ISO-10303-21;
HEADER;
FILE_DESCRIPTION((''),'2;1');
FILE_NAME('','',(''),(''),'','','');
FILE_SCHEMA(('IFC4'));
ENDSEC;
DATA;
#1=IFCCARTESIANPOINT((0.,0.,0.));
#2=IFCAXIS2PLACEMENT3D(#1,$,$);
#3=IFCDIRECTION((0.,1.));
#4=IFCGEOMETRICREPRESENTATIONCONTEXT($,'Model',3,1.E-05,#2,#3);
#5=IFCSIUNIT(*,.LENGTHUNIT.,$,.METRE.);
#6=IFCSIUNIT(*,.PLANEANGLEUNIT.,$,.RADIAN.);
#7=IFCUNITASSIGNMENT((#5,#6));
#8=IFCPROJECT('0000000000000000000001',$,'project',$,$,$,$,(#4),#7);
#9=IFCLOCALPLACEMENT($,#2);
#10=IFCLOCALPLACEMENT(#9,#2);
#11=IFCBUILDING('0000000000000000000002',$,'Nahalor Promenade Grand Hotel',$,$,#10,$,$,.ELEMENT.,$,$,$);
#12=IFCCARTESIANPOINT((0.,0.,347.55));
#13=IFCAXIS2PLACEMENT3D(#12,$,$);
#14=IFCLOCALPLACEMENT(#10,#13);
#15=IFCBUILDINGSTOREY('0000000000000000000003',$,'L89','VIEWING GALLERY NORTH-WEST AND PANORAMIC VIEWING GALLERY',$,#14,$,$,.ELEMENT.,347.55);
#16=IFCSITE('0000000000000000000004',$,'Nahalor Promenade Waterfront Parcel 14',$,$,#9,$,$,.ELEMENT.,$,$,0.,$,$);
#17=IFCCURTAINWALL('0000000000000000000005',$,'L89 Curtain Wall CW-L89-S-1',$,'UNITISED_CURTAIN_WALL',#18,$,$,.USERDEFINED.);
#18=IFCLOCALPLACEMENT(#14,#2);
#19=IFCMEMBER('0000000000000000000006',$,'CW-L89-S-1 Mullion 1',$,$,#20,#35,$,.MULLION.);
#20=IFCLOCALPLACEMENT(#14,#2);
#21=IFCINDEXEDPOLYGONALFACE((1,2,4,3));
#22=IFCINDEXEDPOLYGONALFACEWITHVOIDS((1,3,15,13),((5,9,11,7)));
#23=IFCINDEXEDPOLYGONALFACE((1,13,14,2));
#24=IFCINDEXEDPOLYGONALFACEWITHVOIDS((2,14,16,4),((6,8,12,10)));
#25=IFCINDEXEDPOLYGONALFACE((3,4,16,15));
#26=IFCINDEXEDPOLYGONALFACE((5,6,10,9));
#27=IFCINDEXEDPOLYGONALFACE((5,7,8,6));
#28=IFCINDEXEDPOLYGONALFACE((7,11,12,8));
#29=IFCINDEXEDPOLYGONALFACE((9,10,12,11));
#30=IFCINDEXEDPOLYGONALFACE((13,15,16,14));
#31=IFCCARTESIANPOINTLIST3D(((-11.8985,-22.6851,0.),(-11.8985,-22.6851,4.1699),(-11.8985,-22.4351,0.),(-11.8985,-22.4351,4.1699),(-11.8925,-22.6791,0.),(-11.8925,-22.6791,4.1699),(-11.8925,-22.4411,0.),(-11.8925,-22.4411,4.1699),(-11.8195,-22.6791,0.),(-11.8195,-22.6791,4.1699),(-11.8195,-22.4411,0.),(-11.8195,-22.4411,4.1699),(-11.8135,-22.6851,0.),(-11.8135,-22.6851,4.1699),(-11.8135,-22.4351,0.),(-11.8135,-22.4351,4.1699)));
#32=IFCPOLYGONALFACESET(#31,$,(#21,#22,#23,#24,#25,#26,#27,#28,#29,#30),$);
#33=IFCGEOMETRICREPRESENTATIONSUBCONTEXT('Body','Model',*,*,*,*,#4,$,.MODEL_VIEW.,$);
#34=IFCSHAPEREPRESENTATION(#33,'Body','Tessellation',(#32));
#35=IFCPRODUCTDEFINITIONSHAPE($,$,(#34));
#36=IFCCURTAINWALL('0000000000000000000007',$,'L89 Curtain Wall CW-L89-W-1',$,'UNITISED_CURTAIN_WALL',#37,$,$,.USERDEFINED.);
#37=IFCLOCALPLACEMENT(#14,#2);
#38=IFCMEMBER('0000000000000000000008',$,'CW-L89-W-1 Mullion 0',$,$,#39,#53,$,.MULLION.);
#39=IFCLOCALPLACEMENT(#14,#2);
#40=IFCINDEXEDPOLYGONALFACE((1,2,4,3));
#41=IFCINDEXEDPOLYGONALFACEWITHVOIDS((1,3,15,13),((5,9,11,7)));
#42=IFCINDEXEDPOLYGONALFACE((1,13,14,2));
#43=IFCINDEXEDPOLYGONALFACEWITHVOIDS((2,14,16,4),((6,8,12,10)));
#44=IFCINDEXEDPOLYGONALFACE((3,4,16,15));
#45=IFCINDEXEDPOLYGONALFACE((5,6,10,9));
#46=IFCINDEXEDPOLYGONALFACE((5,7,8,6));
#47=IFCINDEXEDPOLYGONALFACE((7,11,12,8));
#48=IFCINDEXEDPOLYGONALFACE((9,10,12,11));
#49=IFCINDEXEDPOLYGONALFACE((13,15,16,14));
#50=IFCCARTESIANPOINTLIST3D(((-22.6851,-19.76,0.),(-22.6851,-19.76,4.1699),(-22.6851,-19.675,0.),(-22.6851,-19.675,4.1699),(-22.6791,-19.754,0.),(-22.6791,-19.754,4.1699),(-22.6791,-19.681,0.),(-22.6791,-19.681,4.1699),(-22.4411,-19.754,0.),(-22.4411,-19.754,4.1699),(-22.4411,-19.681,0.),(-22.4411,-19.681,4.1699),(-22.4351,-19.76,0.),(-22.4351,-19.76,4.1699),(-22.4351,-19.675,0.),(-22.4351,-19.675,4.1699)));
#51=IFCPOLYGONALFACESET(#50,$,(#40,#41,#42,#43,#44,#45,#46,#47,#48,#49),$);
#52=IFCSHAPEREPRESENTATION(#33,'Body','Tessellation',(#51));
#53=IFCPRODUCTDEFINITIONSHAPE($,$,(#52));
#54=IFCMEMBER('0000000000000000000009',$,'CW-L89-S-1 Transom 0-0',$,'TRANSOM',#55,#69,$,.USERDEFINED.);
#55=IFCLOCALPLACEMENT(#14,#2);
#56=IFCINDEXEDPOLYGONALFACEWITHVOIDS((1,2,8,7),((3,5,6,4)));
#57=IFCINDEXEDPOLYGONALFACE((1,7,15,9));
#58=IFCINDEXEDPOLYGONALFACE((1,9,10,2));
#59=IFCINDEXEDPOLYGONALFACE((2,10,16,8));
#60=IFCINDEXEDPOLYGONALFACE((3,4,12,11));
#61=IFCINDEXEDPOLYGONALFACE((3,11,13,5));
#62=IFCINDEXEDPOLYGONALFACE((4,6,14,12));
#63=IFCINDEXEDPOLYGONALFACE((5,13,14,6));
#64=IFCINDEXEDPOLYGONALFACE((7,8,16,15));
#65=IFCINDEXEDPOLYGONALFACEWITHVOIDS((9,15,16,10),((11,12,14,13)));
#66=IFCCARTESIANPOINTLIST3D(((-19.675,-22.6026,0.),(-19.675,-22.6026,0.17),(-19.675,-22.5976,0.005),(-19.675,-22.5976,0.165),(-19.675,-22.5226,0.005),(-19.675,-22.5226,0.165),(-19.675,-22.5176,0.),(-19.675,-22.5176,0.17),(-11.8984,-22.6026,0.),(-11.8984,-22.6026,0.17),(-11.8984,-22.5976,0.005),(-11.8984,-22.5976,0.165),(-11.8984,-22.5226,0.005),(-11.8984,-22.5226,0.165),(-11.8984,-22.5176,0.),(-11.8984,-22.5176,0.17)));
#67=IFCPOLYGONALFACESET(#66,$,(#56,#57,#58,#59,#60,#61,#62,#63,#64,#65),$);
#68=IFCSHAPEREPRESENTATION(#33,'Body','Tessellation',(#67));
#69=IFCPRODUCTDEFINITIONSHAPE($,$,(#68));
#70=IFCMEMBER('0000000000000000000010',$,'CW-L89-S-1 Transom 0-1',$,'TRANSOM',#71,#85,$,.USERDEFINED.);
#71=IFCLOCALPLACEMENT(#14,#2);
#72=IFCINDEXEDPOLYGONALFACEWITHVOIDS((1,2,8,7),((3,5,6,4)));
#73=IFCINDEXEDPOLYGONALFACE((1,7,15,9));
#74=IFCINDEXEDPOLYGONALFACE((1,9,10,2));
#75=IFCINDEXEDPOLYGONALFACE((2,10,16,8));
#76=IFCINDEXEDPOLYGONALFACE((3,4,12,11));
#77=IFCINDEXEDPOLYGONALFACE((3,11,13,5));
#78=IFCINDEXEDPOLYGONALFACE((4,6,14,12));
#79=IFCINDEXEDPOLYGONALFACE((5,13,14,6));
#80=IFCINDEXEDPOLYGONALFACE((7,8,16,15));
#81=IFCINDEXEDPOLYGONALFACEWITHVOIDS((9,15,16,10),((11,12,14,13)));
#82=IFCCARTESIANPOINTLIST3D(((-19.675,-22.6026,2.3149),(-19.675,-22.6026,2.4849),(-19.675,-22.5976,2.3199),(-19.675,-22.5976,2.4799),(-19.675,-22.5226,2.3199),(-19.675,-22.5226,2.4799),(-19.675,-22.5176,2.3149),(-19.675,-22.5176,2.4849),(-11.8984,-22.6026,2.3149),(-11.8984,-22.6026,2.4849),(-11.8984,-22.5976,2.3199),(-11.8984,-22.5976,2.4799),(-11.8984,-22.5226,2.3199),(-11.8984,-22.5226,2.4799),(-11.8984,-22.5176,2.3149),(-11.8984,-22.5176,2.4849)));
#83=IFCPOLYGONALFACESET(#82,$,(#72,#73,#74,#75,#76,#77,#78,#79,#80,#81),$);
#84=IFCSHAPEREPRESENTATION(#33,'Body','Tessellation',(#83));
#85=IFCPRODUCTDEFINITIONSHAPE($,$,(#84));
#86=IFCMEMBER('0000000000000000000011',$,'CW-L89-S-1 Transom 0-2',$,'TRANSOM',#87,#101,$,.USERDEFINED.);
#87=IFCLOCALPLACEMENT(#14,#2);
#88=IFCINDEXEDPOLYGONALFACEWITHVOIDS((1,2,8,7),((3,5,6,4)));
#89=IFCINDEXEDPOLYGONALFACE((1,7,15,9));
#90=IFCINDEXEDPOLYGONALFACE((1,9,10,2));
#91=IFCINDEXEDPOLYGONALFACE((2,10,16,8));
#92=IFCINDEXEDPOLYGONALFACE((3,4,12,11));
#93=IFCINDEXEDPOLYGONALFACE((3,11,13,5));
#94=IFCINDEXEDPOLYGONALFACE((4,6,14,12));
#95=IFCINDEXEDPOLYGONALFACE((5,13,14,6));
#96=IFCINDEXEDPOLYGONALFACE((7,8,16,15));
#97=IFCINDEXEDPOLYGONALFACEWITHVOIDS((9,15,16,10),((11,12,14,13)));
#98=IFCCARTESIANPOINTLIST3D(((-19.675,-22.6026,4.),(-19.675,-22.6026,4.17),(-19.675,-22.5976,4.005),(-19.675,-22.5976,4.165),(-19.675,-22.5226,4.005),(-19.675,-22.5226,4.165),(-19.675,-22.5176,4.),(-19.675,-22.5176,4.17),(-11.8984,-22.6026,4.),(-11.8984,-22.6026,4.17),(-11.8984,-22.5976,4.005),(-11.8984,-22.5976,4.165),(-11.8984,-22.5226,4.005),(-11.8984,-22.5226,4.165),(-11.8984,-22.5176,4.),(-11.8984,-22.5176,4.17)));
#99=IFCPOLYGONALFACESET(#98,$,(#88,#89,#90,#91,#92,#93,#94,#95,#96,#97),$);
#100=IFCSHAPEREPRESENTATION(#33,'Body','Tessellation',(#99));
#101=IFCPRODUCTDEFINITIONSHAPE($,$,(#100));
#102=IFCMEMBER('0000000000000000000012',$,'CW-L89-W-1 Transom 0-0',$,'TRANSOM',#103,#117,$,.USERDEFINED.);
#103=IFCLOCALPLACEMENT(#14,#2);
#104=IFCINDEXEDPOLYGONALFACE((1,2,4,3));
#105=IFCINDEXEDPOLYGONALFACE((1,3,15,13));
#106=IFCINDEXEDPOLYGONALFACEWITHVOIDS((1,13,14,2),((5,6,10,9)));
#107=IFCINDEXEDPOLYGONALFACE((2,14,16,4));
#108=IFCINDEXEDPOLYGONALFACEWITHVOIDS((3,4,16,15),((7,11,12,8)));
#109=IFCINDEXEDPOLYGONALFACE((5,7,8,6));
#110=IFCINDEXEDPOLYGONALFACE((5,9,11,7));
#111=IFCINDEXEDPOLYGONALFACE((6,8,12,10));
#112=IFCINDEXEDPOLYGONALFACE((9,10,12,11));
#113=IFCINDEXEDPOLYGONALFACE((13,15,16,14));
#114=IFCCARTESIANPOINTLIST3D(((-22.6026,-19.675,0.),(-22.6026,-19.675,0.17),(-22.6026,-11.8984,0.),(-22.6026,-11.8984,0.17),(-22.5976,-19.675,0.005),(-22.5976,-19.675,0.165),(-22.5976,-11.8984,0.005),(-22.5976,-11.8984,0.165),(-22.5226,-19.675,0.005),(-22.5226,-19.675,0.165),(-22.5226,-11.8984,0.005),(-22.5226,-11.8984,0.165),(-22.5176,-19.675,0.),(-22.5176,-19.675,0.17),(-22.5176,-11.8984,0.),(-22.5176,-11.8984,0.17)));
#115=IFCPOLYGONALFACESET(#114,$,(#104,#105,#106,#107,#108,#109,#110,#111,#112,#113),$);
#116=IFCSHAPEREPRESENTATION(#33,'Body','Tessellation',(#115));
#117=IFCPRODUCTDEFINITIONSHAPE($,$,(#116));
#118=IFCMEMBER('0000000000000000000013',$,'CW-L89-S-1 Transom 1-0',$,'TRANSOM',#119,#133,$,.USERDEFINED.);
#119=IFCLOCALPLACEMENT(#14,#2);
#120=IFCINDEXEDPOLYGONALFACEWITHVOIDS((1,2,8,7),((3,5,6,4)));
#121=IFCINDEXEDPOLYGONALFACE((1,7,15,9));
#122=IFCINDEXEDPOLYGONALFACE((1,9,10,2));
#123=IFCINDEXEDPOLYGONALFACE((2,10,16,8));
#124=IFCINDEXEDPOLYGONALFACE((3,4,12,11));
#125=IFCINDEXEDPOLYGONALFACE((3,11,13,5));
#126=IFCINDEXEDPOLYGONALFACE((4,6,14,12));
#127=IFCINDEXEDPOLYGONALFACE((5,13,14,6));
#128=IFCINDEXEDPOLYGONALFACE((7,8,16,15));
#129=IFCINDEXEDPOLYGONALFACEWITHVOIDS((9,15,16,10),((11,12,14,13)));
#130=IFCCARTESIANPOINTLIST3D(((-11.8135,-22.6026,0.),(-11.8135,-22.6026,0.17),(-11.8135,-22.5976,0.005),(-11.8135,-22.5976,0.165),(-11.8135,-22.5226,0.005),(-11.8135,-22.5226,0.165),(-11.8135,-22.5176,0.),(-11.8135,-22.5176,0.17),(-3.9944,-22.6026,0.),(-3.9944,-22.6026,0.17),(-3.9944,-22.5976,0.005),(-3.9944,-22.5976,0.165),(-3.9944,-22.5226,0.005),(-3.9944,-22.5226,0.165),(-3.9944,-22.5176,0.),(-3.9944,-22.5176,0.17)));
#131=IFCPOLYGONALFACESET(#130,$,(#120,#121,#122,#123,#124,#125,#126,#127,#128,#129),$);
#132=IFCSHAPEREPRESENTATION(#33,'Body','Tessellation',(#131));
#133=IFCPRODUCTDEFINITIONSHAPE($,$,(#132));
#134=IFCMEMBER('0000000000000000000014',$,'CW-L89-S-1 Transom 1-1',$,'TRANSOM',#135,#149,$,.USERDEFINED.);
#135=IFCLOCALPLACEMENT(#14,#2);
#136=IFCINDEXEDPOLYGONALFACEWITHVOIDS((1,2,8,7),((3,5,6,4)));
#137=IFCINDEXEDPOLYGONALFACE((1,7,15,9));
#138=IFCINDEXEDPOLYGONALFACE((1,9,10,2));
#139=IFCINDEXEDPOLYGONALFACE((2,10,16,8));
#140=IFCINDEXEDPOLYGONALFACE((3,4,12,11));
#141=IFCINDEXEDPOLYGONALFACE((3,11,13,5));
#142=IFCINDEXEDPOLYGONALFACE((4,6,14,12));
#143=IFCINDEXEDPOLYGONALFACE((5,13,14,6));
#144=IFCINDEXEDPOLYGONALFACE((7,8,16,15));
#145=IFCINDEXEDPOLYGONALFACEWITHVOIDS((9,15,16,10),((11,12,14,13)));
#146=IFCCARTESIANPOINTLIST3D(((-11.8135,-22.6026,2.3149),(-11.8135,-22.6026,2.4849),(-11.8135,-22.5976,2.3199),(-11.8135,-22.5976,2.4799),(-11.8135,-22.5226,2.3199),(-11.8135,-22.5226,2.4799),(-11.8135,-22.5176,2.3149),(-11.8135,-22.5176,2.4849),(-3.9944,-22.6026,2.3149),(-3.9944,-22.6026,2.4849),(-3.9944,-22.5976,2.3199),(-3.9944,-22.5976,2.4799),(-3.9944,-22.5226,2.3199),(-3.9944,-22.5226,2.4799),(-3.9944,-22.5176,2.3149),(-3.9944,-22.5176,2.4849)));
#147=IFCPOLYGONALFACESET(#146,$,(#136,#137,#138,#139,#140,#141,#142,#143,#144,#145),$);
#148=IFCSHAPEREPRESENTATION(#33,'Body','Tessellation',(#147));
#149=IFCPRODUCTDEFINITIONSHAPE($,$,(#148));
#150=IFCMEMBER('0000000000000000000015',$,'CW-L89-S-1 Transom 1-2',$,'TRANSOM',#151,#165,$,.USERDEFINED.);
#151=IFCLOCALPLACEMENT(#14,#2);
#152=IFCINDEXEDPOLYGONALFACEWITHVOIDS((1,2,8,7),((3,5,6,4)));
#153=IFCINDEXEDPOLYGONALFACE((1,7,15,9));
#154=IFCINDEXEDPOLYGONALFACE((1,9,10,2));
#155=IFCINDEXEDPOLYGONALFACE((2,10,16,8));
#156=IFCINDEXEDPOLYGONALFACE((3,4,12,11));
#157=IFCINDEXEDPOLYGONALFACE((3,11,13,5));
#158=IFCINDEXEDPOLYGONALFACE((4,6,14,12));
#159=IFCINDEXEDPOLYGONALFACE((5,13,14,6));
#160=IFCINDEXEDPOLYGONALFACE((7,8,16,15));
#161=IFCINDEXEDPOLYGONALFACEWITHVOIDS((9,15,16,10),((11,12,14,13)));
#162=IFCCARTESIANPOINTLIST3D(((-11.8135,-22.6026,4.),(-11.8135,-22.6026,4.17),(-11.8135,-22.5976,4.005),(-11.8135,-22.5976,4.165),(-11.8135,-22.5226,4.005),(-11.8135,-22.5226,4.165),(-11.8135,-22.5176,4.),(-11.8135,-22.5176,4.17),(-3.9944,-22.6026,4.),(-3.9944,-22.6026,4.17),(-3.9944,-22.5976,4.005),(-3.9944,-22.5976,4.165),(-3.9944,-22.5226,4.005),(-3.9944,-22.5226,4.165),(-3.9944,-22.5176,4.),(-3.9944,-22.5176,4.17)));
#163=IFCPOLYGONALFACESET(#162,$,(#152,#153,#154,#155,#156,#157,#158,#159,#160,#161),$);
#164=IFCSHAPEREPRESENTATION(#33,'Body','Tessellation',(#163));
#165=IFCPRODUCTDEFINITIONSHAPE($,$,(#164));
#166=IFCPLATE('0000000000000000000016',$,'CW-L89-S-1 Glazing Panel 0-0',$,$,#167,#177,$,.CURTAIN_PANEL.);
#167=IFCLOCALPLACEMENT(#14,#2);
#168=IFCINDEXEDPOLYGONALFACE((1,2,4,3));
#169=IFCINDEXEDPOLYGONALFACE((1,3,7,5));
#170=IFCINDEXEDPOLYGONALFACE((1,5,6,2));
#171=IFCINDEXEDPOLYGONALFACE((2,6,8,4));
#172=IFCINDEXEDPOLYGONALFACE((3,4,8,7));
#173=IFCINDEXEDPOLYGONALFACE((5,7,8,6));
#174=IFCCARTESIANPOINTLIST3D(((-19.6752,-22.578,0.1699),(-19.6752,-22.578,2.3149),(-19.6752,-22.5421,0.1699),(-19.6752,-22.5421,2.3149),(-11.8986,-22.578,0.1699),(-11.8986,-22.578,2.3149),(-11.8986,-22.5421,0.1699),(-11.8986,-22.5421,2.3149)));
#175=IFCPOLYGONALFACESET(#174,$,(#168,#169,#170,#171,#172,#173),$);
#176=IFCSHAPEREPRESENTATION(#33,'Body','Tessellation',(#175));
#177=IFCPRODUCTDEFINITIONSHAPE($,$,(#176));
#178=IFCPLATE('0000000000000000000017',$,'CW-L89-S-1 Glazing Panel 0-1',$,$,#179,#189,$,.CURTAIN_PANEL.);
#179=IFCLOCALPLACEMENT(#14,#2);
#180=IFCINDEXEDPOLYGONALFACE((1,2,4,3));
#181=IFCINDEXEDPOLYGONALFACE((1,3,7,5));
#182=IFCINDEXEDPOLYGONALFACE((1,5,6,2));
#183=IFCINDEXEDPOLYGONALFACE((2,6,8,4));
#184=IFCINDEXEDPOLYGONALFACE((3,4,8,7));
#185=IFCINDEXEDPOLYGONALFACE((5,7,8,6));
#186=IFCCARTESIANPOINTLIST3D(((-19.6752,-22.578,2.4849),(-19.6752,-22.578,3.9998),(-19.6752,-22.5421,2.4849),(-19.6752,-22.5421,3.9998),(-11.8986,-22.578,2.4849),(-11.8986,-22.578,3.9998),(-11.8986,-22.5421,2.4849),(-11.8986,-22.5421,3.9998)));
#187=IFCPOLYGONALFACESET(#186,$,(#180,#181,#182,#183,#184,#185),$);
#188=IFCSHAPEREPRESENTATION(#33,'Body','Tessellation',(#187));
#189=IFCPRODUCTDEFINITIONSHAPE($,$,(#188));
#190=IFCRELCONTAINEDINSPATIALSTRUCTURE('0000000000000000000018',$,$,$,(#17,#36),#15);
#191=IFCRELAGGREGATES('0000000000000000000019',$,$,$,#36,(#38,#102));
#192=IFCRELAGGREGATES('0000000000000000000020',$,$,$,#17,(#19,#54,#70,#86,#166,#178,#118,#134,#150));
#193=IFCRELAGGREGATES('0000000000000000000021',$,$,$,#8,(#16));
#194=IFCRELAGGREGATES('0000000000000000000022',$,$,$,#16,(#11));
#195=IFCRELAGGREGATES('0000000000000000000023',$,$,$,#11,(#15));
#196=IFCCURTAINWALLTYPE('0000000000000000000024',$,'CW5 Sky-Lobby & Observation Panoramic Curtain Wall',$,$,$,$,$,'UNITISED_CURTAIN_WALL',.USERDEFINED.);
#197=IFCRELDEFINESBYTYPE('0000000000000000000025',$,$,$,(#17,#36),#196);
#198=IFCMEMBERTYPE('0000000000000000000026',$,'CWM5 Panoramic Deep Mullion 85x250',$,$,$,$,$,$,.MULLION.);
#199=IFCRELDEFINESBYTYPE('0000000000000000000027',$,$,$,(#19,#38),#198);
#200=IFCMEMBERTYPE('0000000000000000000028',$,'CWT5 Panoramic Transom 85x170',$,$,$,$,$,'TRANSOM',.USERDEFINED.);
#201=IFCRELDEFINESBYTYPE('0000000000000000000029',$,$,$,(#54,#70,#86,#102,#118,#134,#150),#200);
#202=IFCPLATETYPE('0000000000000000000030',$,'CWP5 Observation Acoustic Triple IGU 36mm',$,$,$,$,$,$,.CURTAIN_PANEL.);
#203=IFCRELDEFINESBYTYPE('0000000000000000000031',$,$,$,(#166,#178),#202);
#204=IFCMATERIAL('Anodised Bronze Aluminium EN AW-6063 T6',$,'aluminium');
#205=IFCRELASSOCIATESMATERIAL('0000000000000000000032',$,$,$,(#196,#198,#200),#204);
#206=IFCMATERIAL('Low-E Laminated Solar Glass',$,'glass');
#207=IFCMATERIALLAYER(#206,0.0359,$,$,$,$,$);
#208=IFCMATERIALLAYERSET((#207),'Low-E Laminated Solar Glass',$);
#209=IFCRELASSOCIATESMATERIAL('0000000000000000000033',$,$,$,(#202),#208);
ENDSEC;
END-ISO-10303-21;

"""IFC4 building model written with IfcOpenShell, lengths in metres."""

from ifc_helpers import new_model, si_unit, direction, frame, origin, origin_2d, place, context, subcontext, project, spatial, rectangle, hollow_rectangle, extrude, source, transform, mapped, material, layer, layer_set, material_profile, profile_set, type_object, element, aggregate, save


model = new_model("IFC4")

# Units and contexts
model_context = context("Model", 3, precision=1e-05, world=origin(), true_north=direction((0.0, 1.0)))
body_context = subcontext(model_context, "Body", "Model", "MODEL_VIEW")
ifc_project = project(units=[si_unit("LENGTHUNIT", "METRE"), si_unit("PLANEANGLEUNIT", "RADIAN")], contexts=[model_context])

# Site, building, storey
site_placement = place(None, origin())
site = spatial("IfcSite", under=ifc_project, at=site_placement, Name="Nahalor Promenade Waterfront Parcel 14", CompositionType="ELEMENT", RefElevation=0.0)
building_placement = place(site_placement, origin())
building = spatial("IfcBuilding", under=site, at=building_placement, Name="Nahalor Promenade Grand Hotel", CompositionType="ELEMENT")
storey_placement = place(building_placement, frame((0.0, 0.0, 347.55)))
storey = spatial("IfcBuildingStorey", under=building, at=storey_placement, Name="L89", Description="VIEWING GALLERY NORTH-WEST AND PANORAMIC VIEWING GALLERY", CompositionType="ELEMENT", Elevation=347.55)

# Curtain wall, member
ifc_material_1 = material(Name="Anodised Bronze Aluminium EN AW-6063 T6", Category="aluminium")
curtain_wall_type = type_object("IfcCurtainWallType", Name="CW5 Sky-Lobby & Observation Panoramic Curtain Wall", ElementType="UNITISED_CURTAIN_WALL", PredefinedType="USERDEFINED", material=ifc_material_1)
curtain_wall_1_placement = place(storey_placement, origin())
curtain_wall_1 = element("IfcCurtainWall", 1, at=curtain_wall_1_placement, inside=storey, type_object=curtain_wall_type, Name="L89 Curtain Wall CW-L89-S-1", ObjectType="UNITISED_CURTAIN_WALL", PredefinedType="USERDEFINED")
ifc_material_profile_1 = material_profile(ifc_material_1, hollow_rectangle(XDim=0.085, YDim=0.25, WallThickness=0.006, at=origin_2d()), Name="CWM 85x250x6")
ifc_profile_set_1 = profile_set([ifc_material_profile_1], Name="Anodised Bronze Aluminium EN AW-6063 T6")
member_type_1 = type_object("IfcMemberType", Name="CWM5 Panoramic Deep Mullion 85x250", PredefinedType="MULLION", material=ifc_profile_set_1)
shared_shape_1 = source(origin(), body_context, "Body", "SweptSolid", [
    extrude(hollow_rectangle(XDim=0.085, YDim=0.25, WallThickness=0.006, at=origin_2d()), origin(), (0.0, 0.0, 1.0), 4.1699),
])
member_1_placement = place(storey_placement, frame((-11.856, -22.5601, 0.0), z_axis=(0.0, 0.0, 1.0), x_axis=(1.0, 0.0, 0.0)))
member_1 = element("IfcMember", 2, at=member_1_placement, type_object=member_type_1, Name="CW-L89-S-1 Mullion 1", PredefinedType="MULLION", context=body_context, shape_type="MappedRepresentation", body=[
    mapped(shared_shape_1, transform((0.0, 0.0, 0.0), scale=1.0)),
])

# Curtain wall, member
curtain_wall_2_placement = place(storey_placement, origin())
curtain_wall_2 = element("IfcCurtainWall", 3, at=curtain_wall_2_placement, inside=storey, type_object=curtain_wall_type, Name="L89 Curtain Wall CW-L89-W-1", ObjectType="UNITISED_CURTAIN_WALL", PredefinedType="USERDEFINED")
member_2_placement = place(storey_placement, frame((-22.5601, -19.7175, 0.0), z_axis=(0.0, 0.0, 1.0), x_axis=(0.0, 1.0, 0.0)))
member_2 = element("IfcMember", 4, at=member_2_placement, type_object=member_type_1, Name="CW-L89-W-1 Mullion 0", PredefinedType="MULLION", context=body_context, shape_type="MappedRepresentation", body=[
    mapped(shared_shape_1, transform((0.0, 0.0, 0.0), scale=1.0)),
])

# Members
ifc_material_profile_2 = material_profile(ifc_material_1, hollow_rectangle(XDim=0.085, YDim=0.17, WallThickness=0.005, at=origin_2d()), Name="CWT 85x170x5")
ifc_profile_set_2 = profile_set([ifc_material_profile_2], Name="Anodised Bronze Aluminium EN AW-6063 T6")
member_type_2 = type_object("IfcMemberType", Name="CWT5 Panoramic Transom 85x170", ElementType="TRANSOM", PredefinedType="USERDEFINED", material=ifc_profile_set_2)
shared_shape_2 = source(origin(), body_context, "Body", "SweptSolid", [
    extrude(hollow_rectangle(XDim=0.085, YDim=0.17, WallThickness=0.005, at=origin_2d()), origin(), (0.0, 0.0, 1.0), 7.7766),
])
member_3_placement = place(storey_placement, frame((-19.675, -22.5601, 0.085), z_axis=(1.0, 0.0, 0.0), x_axis=(0.0, 1.0, 0.0)))
member_3 = element("IfcMember", 5, at=member_3_placement, type_object=member_type_2, Name="CW-L89-S-1 Transom 0-0", ObjectType="TRANSOM", PredefinedType="USERDEFINED", context=body_context, shape_type="MappedRepresentation", body=[
    mapped(shared_shape_2, transform((0.0, 0.0, 0.0), scale=1.0)),
])
member_4_placement = place(storey_placement, frame((-19.675, -22.5601, 2.3999), z_axis=(1.0, 0.0, 0.0), x_axis=(0.0, 1.0, 0.0)))
member_4 = element("IfcMember", 6, at=member_4_placement, type_object=member_type_2, Name="CW-L89-S-1 Transom 0-1", ObjectType="TRANSOM", PredefinedType="USERDEFINED", context=body_context, shape_type="MappedRepresentation", body=[
    mapped(shared_shape_2, transform((0.0, 0.0, 0.0), scale=1.0)),
])
member_5_placement = place(storey_placement, frame((-19.675, -22.5601, 4.085), z_axis=(1.0, 0.0, 0.0), x_axis=(0.0, 1.0, 0.0)))
member_5 = element("IfcMember", 7, at=member_5_placement, type_object=member_type_2, Name="CW-L89-S-1 Transom 0-2", ObjectType="TRANSOM", PredefinedType="USERDEFINED", context=body_context, shape_type="MappedRepresentation", body=[
    mapped(shared_shape_2, transform((0.0, 0.0, 0.0), scale=1.0)),
])
member_6_placement = place(storey_placement, frame((-22.5601, -19.675, 0.085), z_axis=(0.0, 1.0, 0.0), x_axis=(-1.0, 0.0, 0.0)))
member_6 = element("IfcMember", 8, at=member_6_placement, type_object=member_type_2, Name="CW-L89-W-1 Transom 0-0", ObjectType="TRANSOM", PredefinedType="USERDEFINED", context=body_context, shape_type="MappedRepresentation", body=[
    mapped(shared_shape_2, transform((0.0, 0.0, 0.0), scale=1.0)),
])
aggregate(curtain_wall_2, [member_2, member_6])
shared_shape_3 = source(origin(), body_context, "Body", "SweptSolid", [
    extrude(hollow_rectangle(XDim=0.085, YDim=0.17, WallThickness=0.005, at=origin_2d()), origin(), (0.0, 0.0, 1.0), 7.8191),
])
member_7_placement = place(storey_placement, frame((-11.8135, -22.5601, 0.085), z_axis=(1.0, 0.0, 0.0), x_axis=(0.0, 1.0, 0.0)))
member_7 = element("IfcMember", 9, at=member_7_placement, type_object=member_type_2, Name="CW-L89-S-1 Transom 1-0", ObjectType="TRANSOM", PredefinedType="USERDEFINED", context=body_context, shape_type="MappedRepresentation", body=[
    mapped(shared_shape_3, transform((0.0, 0.0, 0.0), scale=1.0)),
])
member_8_placement = place(storey_placement, frame((-11.8135, -22.5601, 2.3999), z_axis=(1.0, 0.0, 0.0), x_axis=(0.0, 1.0, 0.0)))
member_8 = element("IfcMember", 10, at=member_8_placement, type_object=member_type_2, Name="CW-L89-S-1 Transom 1-1", ObjectType="TRANSOM", PredefinedType="USERDEFINED", context=body_context, shape_type="MappedRepresentation", body=[
    mapped(shared_shape_3, transform((0.0, 0.0, 0.0), scale=1.0)),
])
member_9_placement = place(storey_placement, frame((-11.8135, -22.5601, 4.085), z_axis=(1.0, 0.0, 0.0), x_axis=(0.0, 1.0, 0.0)))
member_9 = element("IfcMember", 11, at=member_9_placement, type_object=member_type_2, Name="CW-L89-S-1 Transom 1-2", ObjectType="TRANSOM", PredefinedType="USERDEFINED", context=body_context, shape_type="MappedRepresentation", body=[
    mapped(shared_shape_3, transform((0.0, 0.0, 0.0), scale=1.0)),
])

# Plates
ifc_material_2 = material(Name="Low-E Laminated Solar Glass", Category="glass")
ifc_layer_1 = layer(ifc_material_2, 0.0359)
ifc_layer_set_1 = layer_set([ifc_layer_1], Name="Low-E Laminated Solar Glass")
plate_type = type_object("IfcPlateType", Name="CWP5 Observation Acoustic Triple IGU 36mm", PredefinedType="CURTAIN_PANEL", material=ifc_layer_set_1)
shared_shape_4 = source(origin(), body_context, "Body", "SweptSolid", [
    extrude(rectangle(XDim=7.7766, YDim=0.0359, at=origin_2d()), origin(), (0.0, 0.0, 1.0), 2.145),
])
plate_1_placement = place(storey_placement, frame((-15.7869, -22.5601, 0.1699), z_axis=(0.0, 0.0, 1.0), x_axis=(1.0, 0.0, 0.0)))
plate_1 = element("IfcPlate", 12, at=plate_1_placement, type_object=plate_type, Name="CW-L89-S-1 Glazing Panel 0-0", PredefinedType="CURTAIN_PANEL", context=body_context, shape_type="MappedRepresentation", body=[
    mapped(shared_shape_4, transform((0.0, 0.0, 0.0), scale=1.0)),
])
shared_shape_5 = source(origin(), body_context, "Body", "SweptSolid", [
    extrude(rectangle(XDim=7.7766, YDim=0.0359, at=origin_2d()), origin(), (0.0, 0.0, 1.0), 1.5149),
])
plate_2_placement = place(storey_placement, frame((-15.7869, -22.5601, 2.4849), z_axis=(0.0, 0.0, 1.0), x_axis=(1.0, 0.0, 0.0)))
plate_2 = element("IfcPlate", 13, at=plate_2_placement, type_object=plate_type, Name="CW-L89-S-1 Glazing Panel 0-1", PredefinedType="CURTAIN_PANEL", context=body_context, shape_type="MappedRepresentation", body=[
    mapped(shared_shape_5, transform((0.0, 0.0, 0.0), scale=1.0)),
])
aggregate(curtain_wall_1, [member_1, member_3, member_4, member_5, plate_1, plate_2, member_7, member_8, member_9])

save(model, "model.ifc")
